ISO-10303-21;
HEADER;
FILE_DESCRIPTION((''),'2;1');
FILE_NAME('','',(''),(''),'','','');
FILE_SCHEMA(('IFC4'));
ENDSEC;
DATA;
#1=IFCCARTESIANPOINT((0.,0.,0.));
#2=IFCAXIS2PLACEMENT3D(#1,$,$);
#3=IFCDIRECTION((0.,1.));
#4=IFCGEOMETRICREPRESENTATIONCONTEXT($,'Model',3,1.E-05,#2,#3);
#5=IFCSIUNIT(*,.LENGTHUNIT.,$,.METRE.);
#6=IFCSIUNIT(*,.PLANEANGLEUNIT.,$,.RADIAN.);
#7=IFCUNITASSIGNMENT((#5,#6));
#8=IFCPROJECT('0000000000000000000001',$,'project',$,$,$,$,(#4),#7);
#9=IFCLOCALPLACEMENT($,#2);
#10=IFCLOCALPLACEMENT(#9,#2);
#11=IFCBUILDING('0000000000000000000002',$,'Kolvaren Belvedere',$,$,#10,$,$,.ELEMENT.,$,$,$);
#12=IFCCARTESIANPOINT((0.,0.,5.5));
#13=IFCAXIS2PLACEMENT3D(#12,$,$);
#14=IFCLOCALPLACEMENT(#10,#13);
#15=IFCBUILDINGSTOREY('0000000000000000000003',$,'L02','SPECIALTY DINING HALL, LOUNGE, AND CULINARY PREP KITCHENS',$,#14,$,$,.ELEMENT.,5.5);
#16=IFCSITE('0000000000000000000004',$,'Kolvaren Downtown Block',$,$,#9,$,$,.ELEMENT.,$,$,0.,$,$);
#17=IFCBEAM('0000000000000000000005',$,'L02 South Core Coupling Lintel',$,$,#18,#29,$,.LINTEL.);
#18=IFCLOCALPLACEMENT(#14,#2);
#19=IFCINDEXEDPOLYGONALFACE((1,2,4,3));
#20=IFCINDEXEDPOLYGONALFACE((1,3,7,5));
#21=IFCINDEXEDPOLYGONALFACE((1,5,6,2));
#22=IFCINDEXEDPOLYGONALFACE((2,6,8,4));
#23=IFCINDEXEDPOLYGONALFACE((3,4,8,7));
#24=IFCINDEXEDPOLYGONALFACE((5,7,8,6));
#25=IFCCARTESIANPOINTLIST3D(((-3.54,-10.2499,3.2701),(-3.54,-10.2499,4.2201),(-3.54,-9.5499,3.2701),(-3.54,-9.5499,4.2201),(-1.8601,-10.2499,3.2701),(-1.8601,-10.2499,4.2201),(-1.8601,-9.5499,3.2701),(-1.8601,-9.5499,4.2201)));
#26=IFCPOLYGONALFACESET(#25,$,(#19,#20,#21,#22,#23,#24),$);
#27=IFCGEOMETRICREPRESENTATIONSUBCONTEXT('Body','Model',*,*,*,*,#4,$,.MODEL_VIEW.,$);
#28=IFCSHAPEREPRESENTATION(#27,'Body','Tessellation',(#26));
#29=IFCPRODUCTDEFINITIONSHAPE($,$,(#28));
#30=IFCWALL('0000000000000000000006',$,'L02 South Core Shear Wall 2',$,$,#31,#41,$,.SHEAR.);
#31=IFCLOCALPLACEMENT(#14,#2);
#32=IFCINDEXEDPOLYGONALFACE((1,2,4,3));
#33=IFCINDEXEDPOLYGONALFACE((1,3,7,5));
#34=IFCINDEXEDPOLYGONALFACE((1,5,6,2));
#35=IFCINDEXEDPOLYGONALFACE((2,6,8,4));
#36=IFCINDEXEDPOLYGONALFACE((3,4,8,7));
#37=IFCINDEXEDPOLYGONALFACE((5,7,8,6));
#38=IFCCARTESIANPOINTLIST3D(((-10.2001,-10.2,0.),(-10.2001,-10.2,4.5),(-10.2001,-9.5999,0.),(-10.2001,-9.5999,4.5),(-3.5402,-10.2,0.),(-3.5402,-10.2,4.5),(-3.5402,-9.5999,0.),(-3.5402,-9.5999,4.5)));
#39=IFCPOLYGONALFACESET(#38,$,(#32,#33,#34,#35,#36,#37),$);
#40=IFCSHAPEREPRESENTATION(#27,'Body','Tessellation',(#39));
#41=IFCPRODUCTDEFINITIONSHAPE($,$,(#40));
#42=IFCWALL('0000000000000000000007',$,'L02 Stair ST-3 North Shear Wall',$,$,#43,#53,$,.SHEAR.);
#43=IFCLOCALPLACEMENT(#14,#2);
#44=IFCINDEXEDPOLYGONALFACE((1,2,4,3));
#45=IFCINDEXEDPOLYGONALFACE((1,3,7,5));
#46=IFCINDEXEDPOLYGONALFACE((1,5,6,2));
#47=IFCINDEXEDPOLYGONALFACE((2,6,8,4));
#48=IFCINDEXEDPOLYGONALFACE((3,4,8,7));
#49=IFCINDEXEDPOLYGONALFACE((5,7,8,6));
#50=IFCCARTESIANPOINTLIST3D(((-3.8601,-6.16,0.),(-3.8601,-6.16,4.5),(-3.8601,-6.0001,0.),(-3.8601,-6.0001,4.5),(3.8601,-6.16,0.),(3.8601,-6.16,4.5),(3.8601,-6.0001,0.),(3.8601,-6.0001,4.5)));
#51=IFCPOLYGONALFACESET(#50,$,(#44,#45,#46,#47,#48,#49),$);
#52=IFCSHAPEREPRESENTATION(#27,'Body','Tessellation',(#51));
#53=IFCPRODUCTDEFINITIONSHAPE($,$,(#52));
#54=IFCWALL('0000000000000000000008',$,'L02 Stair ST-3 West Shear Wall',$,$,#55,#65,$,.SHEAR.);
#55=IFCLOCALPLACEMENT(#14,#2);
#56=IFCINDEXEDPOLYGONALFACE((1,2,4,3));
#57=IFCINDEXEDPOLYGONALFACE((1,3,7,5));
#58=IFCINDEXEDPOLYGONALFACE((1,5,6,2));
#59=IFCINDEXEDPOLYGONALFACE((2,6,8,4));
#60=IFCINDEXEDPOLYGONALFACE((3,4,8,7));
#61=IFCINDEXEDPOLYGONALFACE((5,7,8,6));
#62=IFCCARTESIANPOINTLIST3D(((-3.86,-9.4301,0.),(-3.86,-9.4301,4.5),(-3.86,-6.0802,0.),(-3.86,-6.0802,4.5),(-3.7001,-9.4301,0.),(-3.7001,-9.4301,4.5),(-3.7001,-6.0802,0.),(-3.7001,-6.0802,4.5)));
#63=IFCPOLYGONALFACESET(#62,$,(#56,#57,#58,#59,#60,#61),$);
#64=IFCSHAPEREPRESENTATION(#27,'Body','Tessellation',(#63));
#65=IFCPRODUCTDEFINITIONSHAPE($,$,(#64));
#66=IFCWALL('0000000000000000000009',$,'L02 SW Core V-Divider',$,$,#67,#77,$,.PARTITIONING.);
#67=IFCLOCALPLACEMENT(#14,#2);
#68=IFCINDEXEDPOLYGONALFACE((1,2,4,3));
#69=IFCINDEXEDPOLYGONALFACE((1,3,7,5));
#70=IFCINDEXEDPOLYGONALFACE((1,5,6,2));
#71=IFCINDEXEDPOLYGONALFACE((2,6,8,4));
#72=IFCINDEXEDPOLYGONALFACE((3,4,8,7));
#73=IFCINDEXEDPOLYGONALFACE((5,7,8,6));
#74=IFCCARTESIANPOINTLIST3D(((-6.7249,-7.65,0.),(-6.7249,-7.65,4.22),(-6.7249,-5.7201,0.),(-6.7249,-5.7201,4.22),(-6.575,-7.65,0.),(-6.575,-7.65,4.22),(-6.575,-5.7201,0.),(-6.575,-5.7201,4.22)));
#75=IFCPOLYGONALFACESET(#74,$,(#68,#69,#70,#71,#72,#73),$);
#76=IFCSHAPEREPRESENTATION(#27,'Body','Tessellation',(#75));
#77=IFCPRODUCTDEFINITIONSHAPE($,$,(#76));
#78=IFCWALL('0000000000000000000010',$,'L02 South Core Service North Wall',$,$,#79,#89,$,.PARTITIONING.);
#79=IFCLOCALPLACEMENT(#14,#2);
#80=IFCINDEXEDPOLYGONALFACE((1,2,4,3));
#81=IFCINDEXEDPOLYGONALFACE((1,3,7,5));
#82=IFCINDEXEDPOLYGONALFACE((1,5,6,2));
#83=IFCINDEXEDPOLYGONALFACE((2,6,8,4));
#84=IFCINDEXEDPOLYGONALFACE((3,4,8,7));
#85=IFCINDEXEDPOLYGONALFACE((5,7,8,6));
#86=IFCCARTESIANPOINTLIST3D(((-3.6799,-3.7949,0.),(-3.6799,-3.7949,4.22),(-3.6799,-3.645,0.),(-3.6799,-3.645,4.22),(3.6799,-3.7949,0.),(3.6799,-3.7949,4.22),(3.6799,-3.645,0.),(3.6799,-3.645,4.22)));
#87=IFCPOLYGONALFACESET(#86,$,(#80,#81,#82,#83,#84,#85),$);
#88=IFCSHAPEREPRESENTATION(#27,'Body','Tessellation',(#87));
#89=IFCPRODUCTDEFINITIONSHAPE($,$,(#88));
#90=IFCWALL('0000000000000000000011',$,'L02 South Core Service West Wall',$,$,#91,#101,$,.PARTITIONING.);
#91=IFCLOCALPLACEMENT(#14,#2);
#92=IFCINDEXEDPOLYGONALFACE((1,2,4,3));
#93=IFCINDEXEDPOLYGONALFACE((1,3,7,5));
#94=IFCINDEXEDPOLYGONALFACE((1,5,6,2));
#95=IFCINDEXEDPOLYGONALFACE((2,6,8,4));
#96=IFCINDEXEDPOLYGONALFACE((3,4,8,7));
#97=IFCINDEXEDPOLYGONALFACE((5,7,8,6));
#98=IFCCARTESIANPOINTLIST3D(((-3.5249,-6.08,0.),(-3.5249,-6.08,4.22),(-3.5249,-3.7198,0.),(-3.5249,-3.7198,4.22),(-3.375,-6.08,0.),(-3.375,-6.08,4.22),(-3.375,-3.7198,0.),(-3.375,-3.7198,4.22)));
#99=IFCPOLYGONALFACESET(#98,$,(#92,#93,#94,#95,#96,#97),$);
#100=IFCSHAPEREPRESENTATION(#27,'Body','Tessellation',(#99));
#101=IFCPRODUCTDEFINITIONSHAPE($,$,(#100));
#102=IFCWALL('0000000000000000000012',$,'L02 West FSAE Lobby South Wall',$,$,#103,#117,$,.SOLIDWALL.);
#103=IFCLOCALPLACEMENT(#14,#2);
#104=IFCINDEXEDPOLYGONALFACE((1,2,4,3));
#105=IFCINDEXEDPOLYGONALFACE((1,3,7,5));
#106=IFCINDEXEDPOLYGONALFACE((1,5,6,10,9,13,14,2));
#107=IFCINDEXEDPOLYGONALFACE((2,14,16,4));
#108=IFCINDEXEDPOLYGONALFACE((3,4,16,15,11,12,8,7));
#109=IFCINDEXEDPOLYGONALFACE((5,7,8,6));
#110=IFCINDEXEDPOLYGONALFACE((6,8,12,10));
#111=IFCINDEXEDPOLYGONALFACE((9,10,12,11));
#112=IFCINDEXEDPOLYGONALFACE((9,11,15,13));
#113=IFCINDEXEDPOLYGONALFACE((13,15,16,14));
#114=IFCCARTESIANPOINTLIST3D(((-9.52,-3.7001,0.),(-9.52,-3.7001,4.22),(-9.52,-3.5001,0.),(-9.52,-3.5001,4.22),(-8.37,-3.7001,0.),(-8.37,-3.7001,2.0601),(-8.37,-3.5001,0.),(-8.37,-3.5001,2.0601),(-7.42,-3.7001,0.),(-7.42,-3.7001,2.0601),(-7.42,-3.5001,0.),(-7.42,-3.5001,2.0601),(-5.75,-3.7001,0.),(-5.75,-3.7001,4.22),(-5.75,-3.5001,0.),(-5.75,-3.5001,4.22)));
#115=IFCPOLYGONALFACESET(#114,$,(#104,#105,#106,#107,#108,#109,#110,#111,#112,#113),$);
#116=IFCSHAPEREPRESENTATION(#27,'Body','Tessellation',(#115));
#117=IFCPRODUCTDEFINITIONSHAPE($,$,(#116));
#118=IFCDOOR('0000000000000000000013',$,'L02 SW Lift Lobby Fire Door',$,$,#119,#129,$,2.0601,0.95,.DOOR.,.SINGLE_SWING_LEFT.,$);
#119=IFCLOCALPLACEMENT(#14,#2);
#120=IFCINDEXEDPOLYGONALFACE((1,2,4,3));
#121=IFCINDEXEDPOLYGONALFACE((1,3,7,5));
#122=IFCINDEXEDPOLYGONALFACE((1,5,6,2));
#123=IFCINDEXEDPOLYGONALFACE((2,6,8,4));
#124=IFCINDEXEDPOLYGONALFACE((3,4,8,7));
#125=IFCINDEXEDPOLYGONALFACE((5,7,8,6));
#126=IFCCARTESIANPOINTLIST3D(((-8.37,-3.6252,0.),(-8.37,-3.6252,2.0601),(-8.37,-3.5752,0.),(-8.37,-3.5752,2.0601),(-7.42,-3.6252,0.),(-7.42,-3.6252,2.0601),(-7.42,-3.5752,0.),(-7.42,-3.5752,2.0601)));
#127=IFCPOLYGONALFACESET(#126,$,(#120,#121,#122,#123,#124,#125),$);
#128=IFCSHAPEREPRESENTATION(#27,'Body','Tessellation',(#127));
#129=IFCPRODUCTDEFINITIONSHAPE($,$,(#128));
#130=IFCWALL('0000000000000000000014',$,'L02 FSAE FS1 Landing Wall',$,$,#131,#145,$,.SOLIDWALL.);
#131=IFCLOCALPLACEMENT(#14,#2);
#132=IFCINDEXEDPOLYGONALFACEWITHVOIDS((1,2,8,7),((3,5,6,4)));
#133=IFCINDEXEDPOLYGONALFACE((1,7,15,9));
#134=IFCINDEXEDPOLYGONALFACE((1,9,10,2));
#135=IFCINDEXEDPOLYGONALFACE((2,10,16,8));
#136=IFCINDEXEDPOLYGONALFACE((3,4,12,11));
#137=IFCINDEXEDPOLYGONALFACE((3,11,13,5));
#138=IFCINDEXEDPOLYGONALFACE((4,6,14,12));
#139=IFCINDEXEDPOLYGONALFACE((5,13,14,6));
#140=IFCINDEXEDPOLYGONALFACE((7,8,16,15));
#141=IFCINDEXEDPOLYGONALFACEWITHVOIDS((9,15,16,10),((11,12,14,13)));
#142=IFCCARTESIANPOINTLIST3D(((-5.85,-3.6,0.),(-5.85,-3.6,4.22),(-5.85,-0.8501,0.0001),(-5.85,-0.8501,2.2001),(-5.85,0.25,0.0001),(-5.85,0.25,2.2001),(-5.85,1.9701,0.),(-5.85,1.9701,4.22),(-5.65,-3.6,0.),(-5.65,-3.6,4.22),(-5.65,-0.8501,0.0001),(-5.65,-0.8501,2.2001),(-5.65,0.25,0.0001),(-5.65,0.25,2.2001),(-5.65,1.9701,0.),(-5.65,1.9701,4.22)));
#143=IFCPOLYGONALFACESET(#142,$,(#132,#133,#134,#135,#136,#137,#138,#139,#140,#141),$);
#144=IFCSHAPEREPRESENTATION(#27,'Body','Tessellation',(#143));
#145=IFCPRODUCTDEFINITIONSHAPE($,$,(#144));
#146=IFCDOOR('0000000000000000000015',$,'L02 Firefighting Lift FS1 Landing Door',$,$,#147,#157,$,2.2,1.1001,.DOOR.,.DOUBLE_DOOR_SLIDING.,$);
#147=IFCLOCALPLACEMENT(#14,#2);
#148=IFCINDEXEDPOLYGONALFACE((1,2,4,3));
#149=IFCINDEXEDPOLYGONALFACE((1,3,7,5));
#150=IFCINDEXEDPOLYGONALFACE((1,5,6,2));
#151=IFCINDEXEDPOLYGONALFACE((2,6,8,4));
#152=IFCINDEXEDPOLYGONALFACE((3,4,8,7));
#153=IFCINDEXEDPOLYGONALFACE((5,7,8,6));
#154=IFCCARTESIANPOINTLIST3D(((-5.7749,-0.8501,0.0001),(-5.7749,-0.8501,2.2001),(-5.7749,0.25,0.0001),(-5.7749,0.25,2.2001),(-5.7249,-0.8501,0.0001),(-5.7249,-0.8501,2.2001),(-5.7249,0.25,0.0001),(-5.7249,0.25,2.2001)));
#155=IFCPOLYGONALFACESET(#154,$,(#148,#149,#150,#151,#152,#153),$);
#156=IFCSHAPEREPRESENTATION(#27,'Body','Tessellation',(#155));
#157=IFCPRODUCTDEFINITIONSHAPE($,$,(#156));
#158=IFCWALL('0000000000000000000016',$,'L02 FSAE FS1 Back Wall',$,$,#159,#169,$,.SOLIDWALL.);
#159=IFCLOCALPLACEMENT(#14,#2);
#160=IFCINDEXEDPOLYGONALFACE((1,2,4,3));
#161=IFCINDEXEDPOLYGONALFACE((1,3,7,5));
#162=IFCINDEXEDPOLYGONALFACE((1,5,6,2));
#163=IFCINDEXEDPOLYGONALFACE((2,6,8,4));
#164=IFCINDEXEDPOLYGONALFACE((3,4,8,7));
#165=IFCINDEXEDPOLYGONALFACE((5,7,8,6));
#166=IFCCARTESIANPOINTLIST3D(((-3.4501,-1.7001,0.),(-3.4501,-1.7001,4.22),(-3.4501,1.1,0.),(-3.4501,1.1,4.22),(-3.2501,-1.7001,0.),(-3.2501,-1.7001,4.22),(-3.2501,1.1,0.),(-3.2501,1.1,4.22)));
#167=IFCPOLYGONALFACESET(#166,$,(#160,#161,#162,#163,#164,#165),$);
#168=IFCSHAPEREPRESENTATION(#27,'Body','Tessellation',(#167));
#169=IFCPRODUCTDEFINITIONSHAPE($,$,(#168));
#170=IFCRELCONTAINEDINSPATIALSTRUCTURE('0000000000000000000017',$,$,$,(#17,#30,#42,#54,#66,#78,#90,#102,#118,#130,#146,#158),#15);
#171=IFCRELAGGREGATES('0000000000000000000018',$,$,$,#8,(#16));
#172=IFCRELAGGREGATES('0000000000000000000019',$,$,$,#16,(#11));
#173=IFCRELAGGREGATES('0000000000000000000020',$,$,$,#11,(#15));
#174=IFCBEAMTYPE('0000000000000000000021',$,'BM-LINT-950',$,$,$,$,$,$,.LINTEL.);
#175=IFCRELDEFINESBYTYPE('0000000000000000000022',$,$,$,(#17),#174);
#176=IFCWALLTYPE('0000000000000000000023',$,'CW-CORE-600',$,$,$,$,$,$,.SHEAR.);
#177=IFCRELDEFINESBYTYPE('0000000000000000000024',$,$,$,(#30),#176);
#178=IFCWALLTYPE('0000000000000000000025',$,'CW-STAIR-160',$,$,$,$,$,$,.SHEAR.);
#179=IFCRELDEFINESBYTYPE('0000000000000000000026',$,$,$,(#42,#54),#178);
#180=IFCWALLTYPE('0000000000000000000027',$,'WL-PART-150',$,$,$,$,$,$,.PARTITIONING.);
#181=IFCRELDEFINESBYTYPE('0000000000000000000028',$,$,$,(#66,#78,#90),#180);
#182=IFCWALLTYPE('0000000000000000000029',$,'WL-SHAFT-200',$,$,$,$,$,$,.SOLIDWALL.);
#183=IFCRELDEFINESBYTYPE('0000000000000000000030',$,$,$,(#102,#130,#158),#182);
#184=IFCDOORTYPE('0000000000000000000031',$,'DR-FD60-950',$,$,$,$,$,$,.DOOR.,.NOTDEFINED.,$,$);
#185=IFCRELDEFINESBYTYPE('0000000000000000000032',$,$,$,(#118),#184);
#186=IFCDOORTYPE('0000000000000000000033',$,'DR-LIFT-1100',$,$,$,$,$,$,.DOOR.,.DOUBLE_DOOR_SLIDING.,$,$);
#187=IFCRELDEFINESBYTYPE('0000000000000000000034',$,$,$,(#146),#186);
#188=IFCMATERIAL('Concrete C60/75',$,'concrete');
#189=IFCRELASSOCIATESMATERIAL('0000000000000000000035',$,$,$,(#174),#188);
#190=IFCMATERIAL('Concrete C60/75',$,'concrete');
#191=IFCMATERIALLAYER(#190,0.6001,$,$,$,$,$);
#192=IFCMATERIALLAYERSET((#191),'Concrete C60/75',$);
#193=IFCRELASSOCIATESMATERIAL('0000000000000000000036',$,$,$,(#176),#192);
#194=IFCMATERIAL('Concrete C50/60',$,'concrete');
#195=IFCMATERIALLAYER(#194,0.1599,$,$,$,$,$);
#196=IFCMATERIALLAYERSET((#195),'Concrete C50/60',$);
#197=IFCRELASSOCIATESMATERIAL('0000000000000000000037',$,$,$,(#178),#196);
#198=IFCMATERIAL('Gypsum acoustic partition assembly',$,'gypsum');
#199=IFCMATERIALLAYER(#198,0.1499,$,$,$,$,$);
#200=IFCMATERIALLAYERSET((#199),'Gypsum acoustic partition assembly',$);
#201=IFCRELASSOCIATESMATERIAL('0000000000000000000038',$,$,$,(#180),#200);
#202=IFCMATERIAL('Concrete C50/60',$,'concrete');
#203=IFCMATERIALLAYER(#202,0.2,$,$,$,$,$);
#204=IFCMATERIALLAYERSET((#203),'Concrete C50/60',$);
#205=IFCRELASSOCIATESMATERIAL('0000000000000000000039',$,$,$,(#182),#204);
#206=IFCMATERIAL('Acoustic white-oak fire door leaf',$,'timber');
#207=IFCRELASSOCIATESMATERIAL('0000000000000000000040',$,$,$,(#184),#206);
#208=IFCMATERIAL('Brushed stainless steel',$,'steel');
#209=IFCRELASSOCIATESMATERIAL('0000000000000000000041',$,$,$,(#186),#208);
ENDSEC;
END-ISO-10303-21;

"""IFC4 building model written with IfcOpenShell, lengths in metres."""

from ifc_helpers import new_model, si_unit, direction, frame, frame_2d, origin, origin_2d, place, context, subcontext, project, spatial, rectangle, extrude, material, layer, layer_set, material_profile, profile_set, type_object, element, fill, save


model = new_model("IFC4")

# Units and contexts
model_context = context("Model", 3, precision=1e-05, world=origin(), true_north=direction((0.0, 1.0)))
body_context = subcontext(model_context, "Body", "Model", "MODEL_VIEW")
ifc_project = project(units=[si_unit("LENGTHUNIT", "METRE"), si_unit("PLANEANGLEUNIT", "RADIAN")], contexts=[model_context])

# Site, building, storey
site_placement = place(None, origin())
site = spatial("IfcSite", under=ifc_project, at=site_placement, Name="Kolvaren Downtown Block", CompositionType="ELEMENT", RefElevation=0.0)
building_placement = place(site_placement, origin())
building = spatial("IfcBuilding", under=site, at=building_placement, Name="Kolvaren Belvedere", CompositionType="ELEMENT")
storey_placement = place(building_placement, frame((0.0, 0.0, 5.5)))
storey = spatial("IfcBuildingStorey", under=building, at=storey_placement, Name="L02", Description="SPECIALTY DINING HALL, LOUNGE, AND CULINARY PREP KITCHENS", CompositionType="ELEMENT", Elevation=5.5)

# Beam
ifc_material_1 = material(Name="Concrete C60/75", Category="concrete")
ifc_material_profile = material_profile(ifc_material_1, rectangle(XDim=0.7, YDim=0.95, at=origin_2d()), Name="RC 700X950")
ifc_profile_set = profile_set([ifc_material_profile], Name="Concrete C60/75")
beam_type = type_object("IfcBeamType", Name="BM-LINT-950", PredefinedType="LINTEL", material=ifc_profile_set)
beam_placement = place(storey_placement, frame((-3.54, -9.8999, 3.7451), z_axis=(1.0, 0.0, 0.0), x_axis=(0.0, 1.0, 0.0)))
element("IfcBeam", 1, at=beam_placement, inside=storey, type_object=beam_type, Name="L02 South Core Coupling Lintel", PredefinedType="LINTEL", context=body_context, shape_type="SweptSolid", body=[
    extrude(rectangle(XDim=0.7, YDim=0.95, at=origin_2d()), origin(), (0.0, 0.0, 1.0), 1.6799),
])

# Walls
ifc_material_2 = material(Name="Concrete C60/75", Category="concrete")
ifc_layer_1 = layer(ifc_material_2, 0.6001)
ifc_layer_set_1 = layer_set([ifc_layer_1], Name="Concrete C60/75")
wall_type_1 = type_object("IfcWallType", Name="CW-CORE-600", PredefinedType="SHEAR", material=ifc_layer_set_1)
wall_1_placement = place(storey_placement, frame((-3.54, -9.8999, 0.0), z_axis=(0.0, 0.0, 1.0), x_axis=(-1.0, 0.0, 0.0)))
element("IfcWall", 2, at=wall_1_placement, inside=storey, type_object=wall_type_1, Name="L02 South Core Shear Wall 2", PredefinedType="SHEAR", context=body_context, shape_type="SweptSolid", body=[
    extrude(rectangle(XDim=6.6599, YDim=0.6001, at=frame_2d((3.3301, 0.0))), origin(), (0.0, 0.0, 1.0), 4.5),
])
ifc_material_3 = material(Name="Concrete C50/60", Category="concrete")
ifc_layer_2 = layer(ifc_material_3, 0.1599)
ifc_layer_set_2 = layer_set([ifc_layer_2], Name="Concrete C50/60")
wall_type_2 = type_object("IfcWallType", Name="CW-STAIR-160", PredefinedType="SHEAR", material=ifc_layer_set_2)
wall_2_placement = place(storey_placement, frame((-3.8601, -6.0801, 0.0), z_axis=(0.0, 0.0, 1.0), x_axis=(1.0, 0.0, 0.0)))
element("IfcWall", 3, at=wall_2_placement, inside=storey, type_object=wall_type_2, Name="L02 Stair ST-3 North Shear Wall", PredefinedType="SHEAR", context=body_context, shape_type="SweptSolid", body=[
    extrude(rectangle(XDim=7.7202, YDim=0.1599, at=frame_2d((3.8601, 0.0))), origin(), (0.0, 0.0, 1.0), 4.5),
])
wall_3_placement = place(storey_placement, frame((-3.78, -9.4299, 0.0), z_axis=(0.0, 0.0, 1.0), x_axis=(0.0, 1.0, 0.0)))
element("IfcWall", 4, at=wall_3_placement, inside=storey, type_object=wall_type_2, Name="L02 Stair ST-3 West Shear Wall", PredefinedType="SHEAR", context=body_context, shape_type="SweptSolid", body=[
    extrude(rectangle(XDim=3.3499, YDim=0.1599, at=frame_2d((1.6748, 0.0))), origin(), (0.0, 0.0, 1.0), 4.5),
])
ifc_material_4 = material(Name="Gypsum acoustic partition assembly", Category="gypsum")
ifc_layer_3 = layer(ifc_material_4, 0.1499)
ifc_layer_set_3 = layer_set([ifc_layer_3], Name="Gypsum acoustic partition assembly")
wall_type_3 = type_object("IfcWallType", Name="WL-PART-150", PredefinedType="PARTITIONING", material=ifc_layer_set_3)
wall_4_placement = place(storey_placement, frame((-6.6499, -7.6499, 0.0), z_axis=(0.0, 0.0, 1.0), x_axis=(0.0, 1.0, 0.0)))
element("IfcWall", 5, at=wall_4_placement, inside=storey, type_object=wall_type_3, Name="L02 SW Core V-Divider", PredefinedType="PARTITIONING", context=body_context, shape_type="SweptSolid", body=[
    extrude(rectangle(XDim=1.9299, YDim=0.1499, at=frame_2d((0.9648, 0.0))), origin(), (0.0, 0.0, 1.0), 4.22),
])
wall_5_placement = place(storey_placement, frame((-3.6799, -3.72, 0.0), z_axis=(0.0, 0.0, 1.0), x_axis=(1.0, 0.0, 0.0)))
element("IfcWall", 6, at=wall_5_placement, inside=storey, type_object=wall_type_3, Name="L02 South Core Service North Wall", PredefinedType="PARTITIONING", context=body_context, shape_type="SweptSolid", body=[
    extrude(rectangle(XDim=7.3599, YDim=0.1499, at=frame_2d((3.6799, 0.0))), origin(), (0.0, 0.0, 1.0), 4.22),
])
wall_6_placement = place(storey_placement, frame((-3.45, -6.0801, 0.0), z_axis=(0.0, 0.0, 1.0), x_axis=(0.0, 1.0, 0.0)))
element("IfcWall", 7, at=wall_6_placement, inside=storey, type_object=wall_type_3, Name="L02 South Core Service West Wall", PredefinedType="PARTITIONING", context=body_context, shape_type="SweptSolid", body=[
    extrude(rectangle(XDim=2.3601, YDim=0.1499, at=frame_2d((1.1802, 0.0))), origin(), (0.0, 0.0, 1.0), 4.22),
])

# Walls, openings, doors
ifc_material_5 = material(Name="Concrete C50/60", Category="concrete")
ifc_layer_4 = layer(ifc_material_5, 0.2)
ifc_layer_set_4 = layer_set([ifc_layer_4], Name="Concrete C50/60")
wall_type_4 = type_object("IfcWallType", Name="WL-SHAFT-200", PredefinedType="SOLIDWALL", material=ifc_layer_set_4)
wall_7_placement = place(storey_placement, frame((-9.52, -3.6001, 0.0), z_axis=(0.0, 0.0, 1.0), x_axis=(1.0, 0.0, 0.0)))
wall_7 = element("IfcWall", 8, at=wall_7_placement, inside=storey, type_object=wall_type_4, Name="L02 West FSAE Lobby South Wall", PredefinedType="SOLIDWALL", context=body_context, shape_type="SweptSolid", body=[
    extrude(rectangle(XDim=3.77, YDim=0.2, at=frame_2d((1.885, 0.0))), origin(), (0.0, 0.0, 1.0), 4.22),
])
opening_1_placement = place(wall_7_placement, frame((1.1499, 0.0, 0.0)))
opening_1 = element("IfcOpeningElement", 9, at=opening_1_placement, cuts=wall_7, PredefinedType="OPENING", context=body_context, shape_type="SweptSolid", body=[
    extrude(rectangle(XDim=0.95, YDim=2.0601, at=frame_2d((0.4751, 1.03))), frame((0.0, 0.1099, 0.0), z_axis=(0.0, -1.0, 0.0), x_axis=(1.0, 0.0, 0.0)), (0.0, 0.0, 1.0), 0.22),
])
ifc_material_6 = material(Name="Acoustic white-oak fire door leaf", Category="timber")
door_type_1 = type_object("IfcDoorType", Name="DR-FD60-950", OperationType="NOTDEFINED", PredefinedType="DOOR", material=ifc_material_6)
door_1_placement = place(opening_1_placement, origin())
door_1 = element("IfcDoor", 10, at=door_1_placement, inside=storey, type_object=door_type_1, Name="L02 SW Lift Lobby Fire Door", OperationType="SINGLE_SWING_LEFT", OverallHeight=2.0601, OverallWidth=0.95, PredefinedType="DOOR", context=body_context, shape_type="SweptSolid", body=[
    extrude(rectangle(XDim=0.95, YDim=2.0601, at=frame_2d((0.4751, 1.03))), frame((0.0, 0.0249, 0.0), z_axis=(0.0, -1.0, 0.0), x_axis=(1.0, 0.0, 0.0)), (0.0, 0.0, 1.0), 0.05),
])
fill(opening_1, door_1)
wall_8_placement = place(storey_placement, frame((-5.75, -3.6001, 0.0), z_axis=(0.0, 0.0, 1.0), x_axis=(0.0, 1.0, 0.0)))
wall_8 = element("IfcWall", 11, at=wall_8_placement, inside=storey, type_object=wall_type_4, Name="L02 FSAE FS1 Landing Wall", PredefinedType="SOLIDWALL", context=body_context, shape_type="SweptSolid", body=[
    extrude(rectangle(XDim=5.5701, YDim=0.2, at=frame_2d((2.7852, 0.0))), origin(), (0.0, 0.0, 1.0), 4.22),
])
opening_2_placement = place(wall_8_placement, frame((2.75, 0.0, 0.0)))
opening_2 = element("IfcOpeningElement", 12, at=opening_2_placement, cuts=wall_8, PredefinedType="OPENING", context=body_context, shape_type="SweptSolid", body=[
    extrude(rectangle(XDim=1.1001, YDim=2.2, at=frame_2d((0.55, 1.1001))), frame((0.0, 0.1099, 0.0), z_axis=(0.0, -1.0, 0.0), x_axis=(1.0, 0.0, 0.0)), (0.0, 0.0, 1.0), 0.22),
])
ifc_material_7 = material(Name="Brushed stainless steel", Category="steel")
door_type_2 = type_object("IfcDoorType", Name="DR-LIFT-1100", OperationType="DOUBLE_DOOR_SLIDING", PredefinedType="DOOR", material=ifc_material_7)
door_2_placement = place(opening_2_placement, origin())
door_2 = element("IfcDoor", 13, at=door_2_placement, inside=storey, type_object=door_type_2, Name="L02 Firefighting Lift FS1 Landing Door", OperationType="DOUBLE_DOOR_SLIDING", OverallHeight=2.2, OverallWidth=1.1001, PredefinedType="DOOR", context=body_context, shape_type="SweptSolid", body=[
    extrude(rectangle(XDim=1.1001, YDim=2.2, at=frame_2d((0.55, 1.1001))), frame((0.0, 0.0249, 0.0), z_axis=(0.0, -1.0, 0.0), x_axis=(1.0, 0.0, 0.0)), (0.0, 0.0, 1.0), 0.05),
])
fill(opening_2, door_2)

# Wall
wall_9_placement = place(storey_placement, frame((-3.3501, -1.7, 0.0), z_axis=(0.0, 0.0, 1.0), x_axis=(0.0, 1.0, 0.0)))
element("IfcWall", 14, at=wall_9_placement, inside=storey, type_object=wall_type_4, Name="L02 FSAE FS1 Back Wall", PredefinedType="SOLIDWALL", context=body_context, shape_type="SweptSolid", body=[
    extrude(rectangle(XDim=2.8, YDim=0.2, at=frame_2d((1.3999, 0.0))), origin(), (0.0, 0.0, 1.0), 4.22),
])

save(model, "model.ifc")
